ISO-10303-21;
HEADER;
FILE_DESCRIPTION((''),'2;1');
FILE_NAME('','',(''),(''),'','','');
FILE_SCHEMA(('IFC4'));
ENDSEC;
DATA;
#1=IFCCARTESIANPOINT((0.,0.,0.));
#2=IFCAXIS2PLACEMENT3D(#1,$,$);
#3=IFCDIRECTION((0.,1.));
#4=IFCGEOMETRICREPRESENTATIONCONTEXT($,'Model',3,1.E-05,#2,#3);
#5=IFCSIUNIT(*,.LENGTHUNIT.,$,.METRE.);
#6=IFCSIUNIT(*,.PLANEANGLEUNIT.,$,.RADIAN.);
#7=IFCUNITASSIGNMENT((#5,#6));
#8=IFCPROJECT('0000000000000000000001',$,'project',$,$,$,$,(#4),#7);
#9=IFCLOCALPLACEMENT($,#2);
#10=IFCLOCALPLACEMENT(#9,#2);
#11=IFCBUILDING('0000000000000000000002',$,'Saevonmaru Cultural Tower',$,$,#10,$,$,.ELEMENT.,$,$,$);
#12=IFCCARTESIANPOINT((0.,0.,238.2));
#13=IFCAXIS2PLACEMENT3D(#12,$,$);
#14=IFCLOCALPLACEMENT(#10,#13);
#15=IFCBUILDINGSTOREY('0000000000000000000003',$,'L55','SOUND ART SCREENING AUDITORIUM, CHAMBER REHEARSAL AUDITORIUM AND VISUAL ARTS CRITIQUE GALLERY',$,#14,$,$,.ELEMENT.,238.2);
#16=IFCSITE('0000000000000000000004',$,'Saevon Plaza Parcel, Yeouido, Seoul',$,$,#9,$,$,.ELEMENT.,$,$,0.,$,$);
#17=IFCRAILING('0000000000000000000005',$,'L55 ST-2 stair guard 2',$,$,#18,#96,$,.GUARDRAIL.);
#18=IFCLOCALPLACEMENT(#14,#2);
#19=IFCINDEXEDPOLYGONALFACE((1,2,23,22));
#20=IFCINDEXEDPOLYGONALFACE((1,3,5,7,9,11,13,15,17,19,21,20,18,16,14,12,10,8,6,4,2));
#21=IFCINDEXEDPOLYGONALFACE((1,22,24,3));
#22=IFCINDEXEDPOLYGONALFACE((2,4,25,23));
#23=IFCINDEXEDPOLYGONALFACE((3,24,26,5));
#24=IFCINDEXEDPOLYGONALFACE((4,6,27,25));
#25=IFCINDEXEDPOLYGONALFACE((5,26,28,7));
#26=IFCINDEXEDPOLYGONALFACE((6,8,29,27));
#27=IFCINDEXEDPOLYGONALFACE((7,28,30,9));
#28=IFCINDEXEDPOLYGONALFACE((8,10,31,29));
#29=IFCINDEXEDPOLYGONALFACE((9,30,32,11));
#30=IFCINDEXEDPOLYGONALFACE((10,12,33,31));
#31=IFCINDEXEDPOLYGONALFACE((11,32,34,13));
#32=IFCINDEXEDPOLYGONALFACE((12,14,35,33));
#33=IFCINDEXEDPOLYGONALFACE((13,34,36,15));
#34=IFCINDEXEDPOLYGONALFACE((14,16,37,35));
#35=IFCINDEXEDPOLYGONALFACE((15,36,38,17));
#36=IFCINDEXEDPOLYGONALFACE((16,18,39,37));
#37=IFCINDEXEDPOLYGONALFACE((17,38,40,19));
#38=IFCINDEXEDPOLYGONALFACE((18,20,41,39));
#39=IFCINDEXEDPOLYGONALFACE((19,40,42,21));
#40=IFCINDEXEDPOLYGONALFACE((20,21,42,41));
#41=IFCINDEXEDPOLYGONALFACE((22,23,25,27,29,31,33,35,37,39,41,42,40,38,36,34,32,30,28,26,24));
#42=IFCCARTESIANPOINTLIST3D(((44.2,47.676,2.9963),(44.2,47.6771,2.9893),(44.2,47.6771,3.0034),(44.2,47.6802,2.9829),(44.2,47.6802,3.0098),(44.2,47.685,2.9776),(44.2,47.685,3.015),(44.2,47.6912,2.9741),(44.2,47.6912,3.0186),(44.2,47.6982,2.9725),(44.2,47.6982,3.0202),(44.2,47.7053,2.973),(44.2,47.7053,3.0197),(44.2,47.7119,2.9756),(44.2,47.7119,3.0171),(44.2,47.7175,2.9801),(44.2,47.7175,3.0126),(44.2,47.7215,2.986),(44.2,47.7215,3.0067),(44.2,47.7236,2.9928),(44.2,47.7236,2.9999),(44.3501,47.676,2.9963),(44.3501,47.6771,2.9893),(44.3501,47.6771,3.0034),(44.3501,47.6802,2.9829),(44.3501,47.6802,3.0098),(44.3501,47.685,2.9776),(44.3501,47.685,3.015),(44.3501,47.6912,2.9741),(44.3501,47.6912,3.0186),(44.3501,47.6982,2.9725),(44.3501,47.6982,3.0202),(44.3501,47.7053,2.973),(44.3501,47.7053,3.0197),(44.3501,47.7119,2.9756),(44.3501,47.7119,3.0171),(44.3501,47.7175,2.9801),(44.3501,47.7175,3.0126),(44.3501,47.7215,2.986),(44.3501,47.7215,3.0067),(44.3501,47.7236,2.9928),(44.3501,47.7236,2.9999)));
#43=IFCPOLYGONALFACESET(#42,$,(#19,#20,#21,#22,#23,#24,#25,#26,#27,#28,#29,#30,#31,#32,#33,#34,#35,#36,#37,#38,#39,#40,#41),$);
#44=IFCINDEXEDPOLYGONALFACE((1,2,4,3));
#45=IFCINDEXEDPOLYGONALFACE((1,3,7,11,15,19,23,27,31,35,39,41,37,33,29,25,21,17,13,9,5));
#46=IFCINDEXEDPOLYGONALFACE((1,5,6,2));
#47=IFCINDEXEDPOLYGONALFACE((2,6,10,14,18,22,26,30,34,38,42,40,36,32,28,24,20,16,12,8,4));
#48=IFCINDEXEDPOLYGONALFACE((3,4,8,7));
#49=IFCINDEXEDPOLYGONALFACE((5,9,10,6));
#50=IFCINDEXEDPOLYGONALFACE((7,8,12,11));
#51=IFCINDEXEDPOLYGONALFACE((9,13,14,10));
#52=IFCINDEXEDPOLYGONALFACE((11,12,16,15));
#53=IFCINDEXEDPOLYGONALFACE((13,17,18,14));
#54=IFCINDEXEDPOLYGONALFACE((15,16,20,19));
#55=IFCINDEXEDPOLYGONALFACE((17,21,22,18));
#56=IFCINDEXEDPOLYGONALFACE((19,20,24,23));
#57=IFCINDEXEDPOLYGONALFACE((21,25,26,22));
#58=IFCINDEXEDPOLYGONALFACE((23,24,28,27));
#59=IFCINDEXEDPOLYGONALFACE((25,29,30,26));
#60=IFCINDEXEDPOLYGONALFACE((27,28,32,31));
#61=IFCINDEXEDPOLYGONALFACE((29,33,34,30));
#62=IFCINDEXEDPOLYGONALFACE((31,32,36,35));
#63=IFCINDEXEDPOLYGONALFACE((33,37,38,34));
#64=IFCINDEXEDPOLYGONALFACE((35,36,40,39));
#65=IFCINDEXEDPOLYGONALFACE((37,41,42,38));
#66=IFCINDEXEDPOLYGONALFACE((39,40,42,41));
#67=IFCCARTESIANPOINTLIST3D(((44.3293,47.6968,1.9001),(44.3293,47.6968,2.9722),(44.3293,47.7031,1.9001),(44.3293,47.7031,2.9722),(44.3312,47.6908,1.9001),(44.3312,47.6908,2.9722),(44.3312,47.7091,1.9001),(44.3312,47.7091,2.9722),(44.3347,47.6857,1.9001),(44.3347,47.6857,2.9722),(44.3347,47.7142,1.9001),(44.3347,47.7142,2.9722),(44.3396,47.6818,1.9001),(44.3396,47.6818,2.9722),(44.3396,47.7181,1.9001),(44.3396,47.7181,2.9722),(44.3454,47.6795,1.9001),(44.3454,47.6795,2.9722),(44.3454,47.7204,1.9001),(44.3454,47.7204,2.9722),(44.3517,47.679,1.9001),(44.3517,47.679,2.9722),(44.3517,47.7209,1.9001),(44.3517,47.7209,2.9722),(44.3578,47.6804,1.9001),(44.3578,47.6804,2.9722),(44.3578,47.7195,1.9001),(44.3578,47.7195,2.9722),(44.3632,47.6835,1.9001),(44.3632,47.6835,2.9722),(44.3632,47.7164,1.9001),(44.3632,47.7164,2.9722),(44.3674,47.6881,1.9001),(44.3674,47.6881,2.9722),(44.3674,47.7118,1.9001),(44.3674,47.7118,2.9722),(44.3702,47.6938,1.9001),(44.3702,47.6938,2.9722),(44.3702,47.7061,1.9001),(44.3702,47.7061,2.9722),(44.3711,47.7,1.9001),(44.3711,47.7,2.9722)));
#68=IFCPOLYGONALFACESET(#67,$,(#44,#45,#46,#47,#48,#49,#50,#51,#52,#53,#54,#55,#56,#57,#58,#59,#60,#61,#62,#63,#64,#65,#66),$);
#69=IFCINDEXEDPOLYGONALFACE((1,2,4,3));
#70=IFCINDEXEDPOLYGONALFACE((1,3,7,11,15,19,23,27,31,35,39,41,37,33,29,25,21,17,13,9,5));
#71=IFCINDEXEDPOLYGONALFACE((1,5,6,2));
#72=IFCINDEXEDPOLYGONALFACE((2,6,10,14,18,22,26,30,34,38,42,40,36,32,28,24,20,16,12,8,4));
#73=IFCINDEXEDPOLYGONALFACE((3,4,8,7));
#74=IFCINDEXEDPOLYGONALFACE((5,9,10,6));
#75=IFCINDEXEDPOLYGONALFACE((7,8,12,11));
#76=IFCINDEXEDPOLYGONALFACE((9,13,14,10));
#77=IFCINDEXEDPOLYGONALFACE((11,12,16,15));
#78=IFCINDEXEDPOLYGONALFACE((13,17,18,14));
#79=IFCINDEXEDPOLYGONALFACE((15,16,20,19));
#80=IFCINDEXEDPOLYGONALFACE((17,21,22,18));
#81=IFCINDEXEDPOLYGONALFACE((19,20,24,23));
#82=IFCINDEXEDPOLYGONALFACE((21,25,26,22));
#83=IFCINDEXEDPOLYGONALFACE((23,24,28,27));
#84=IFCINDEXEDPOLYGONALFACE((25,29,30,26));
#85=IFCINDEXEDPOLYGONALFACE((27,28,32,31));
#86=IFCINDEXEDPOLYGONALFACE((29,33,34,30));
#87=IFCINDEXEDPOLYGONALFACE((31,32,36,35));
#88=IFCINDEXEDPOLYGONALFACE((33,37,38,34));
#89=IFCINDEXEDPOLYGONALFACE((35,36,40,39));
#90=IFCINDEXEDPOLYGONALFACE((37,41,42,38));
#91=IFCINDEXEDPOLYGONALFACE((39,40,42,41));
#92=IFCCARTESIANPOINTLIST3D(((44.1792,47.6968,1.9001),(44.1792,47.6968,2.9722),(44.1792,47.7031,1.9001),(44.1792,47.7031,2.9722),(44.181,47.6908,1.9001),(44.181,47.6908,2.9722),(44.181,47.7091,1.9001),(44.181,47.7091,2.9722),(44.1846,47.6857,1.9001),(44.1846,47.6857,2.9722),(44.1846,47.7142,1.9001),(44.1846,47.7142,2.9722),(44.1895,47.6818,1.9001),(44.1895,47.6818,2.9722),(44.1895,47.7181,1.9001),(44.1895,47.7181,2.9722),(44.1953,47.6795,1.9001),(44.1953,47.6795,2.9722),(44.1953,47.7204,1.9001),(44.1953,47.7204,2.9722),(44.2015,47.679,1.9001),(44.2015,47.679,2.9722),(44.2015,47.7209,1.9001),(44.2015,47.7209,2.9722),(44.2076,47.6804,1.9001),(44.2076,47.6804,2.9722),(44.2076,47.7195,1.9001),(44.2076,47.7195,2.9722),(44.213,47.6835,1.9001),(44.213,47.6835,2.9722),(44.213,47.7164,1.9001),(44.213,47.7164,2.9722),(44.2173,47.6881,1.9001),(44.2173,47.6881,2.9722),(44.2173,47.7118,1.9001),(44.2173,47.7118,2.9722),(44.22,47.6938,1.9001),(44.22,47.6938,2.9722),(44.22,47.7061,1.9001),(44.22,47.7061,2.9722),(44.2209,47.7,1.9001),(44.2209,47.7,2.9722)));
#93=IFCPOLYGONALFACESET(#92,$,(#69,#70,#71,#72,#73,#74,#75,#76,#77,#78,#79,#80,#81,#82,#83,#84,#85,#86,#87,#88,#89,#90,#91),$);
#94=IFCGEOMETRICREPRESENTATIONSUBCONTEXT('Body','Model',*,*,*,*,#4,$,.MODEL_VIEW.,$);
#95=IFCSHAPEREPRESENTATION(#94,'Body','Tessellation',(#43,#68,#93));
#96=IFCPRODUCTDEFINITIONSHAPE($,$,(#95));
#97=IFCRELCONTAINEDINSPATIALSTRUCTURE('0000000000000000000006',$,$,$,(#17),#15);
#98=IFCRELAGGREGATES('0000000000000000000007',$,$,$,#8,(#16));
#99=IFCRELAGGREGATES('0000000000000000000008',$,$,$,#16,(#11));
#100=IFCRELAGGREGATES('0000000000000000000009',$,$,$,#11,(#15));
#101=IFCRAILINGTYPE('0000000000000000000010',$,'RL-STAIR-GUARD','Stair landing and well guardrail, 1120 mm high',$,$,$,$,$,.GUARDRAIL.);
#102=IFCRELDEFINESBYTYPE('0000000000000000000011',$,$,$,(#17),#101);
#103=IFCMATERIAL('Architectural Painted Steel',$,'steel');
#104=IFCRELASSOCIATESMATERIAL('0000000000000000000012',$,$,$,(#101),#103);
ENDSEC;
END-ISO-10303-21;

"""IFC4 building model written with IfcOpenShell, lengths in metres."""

from ifc_helpers import new_model, si_unit, direction, frame, origin, origin_2d, place, context, subcontext, project, spatial, circle, extrude, material, type_object, element, save


model = new_model("IFC4")

# Units and contexts
model_context = context("Model", 3, precision=1e-05, world=origin(), true_north=direction((0.0, 1.0)))
body_context = subcontext(model_context, "Body", "Model", "MODEL_VIEW")
ifc_project = project(units=[si_unit("LENGTHUNIT", "METRE"), si_unit("PLANEANGLEUNIT", "RADIAN")], contexts=[model_context])

# Site, building, storey
site_placement = place(None, origin())
site = spatial("IfcSite", under=ifc_project, at=site_placement, Name="Saevon Plaza Parcel, Yeouido, Seoul", CompositionType="ELEMENT", RefElevation=0.0)
building_placement = place(site_placement, origin())
building = spatial("IfcBuilding", under=site, at=building_placement, Name="Saevonmaru Cultural Tower", CompositionType="ELEMENT")
storey_placement = place(building_placement, frame((0.0, 0.0, 238.2)))
storey = spatial("IfcBuildingStorey", under=building, at=storey_placement, Name="L55", Description="SOUND ART SCREENING AUDITORIUM, CHAMBER REHEARSAL AUDITORIUM AND VISUAL ARTS CRITIQUE GALLERY", CompositionType="ELEMENT", Elevation=238.2)

# Railing
ifc_material_1 = material(Name="Architectural Painted Steel", Category="steel")
railing_type_1 = type_object("IfcRailingType", Name="RL-STAIR-GUARD", Description="Stair landing and well guardrail, 1120 mm high", PredefinedType="GUARDRAIL", material=ifc_material_1)
railing_1_placement = place(storey_placement, frame((44.3501, 47.7, 1.9001)))
element("IfcRailing", 1, at=railing_1_placement, inside=storey, type_object=railing_type_1, Name="L55 ST-2 stair guard 2", PredefinedType="GUARDRAIL", context=body_context, shape_type="SweptSolid", body=[
    extrude(circle(Radius=0.0239, at=origin_2d()), frame((0.0, 0.0, 1.0962), z_axis=(-1.0, 0.0, 0.0), x_axis=(0.0, -1.0, 0.0)), (0.0, 0.0, 1.0), 0.1501),
    extrude(circle(Radius=0.021, at=origin_2d()), origin(), (0.0, 0.0, 1.0), 1.072),
    extrude(circle(Radius=0.021, at=origin_2d()), frame((-0.1501, 0.0, 0.0)), (0.0, 0.0, 1.0), 1.072),
])

save(model, "model.ifc")
